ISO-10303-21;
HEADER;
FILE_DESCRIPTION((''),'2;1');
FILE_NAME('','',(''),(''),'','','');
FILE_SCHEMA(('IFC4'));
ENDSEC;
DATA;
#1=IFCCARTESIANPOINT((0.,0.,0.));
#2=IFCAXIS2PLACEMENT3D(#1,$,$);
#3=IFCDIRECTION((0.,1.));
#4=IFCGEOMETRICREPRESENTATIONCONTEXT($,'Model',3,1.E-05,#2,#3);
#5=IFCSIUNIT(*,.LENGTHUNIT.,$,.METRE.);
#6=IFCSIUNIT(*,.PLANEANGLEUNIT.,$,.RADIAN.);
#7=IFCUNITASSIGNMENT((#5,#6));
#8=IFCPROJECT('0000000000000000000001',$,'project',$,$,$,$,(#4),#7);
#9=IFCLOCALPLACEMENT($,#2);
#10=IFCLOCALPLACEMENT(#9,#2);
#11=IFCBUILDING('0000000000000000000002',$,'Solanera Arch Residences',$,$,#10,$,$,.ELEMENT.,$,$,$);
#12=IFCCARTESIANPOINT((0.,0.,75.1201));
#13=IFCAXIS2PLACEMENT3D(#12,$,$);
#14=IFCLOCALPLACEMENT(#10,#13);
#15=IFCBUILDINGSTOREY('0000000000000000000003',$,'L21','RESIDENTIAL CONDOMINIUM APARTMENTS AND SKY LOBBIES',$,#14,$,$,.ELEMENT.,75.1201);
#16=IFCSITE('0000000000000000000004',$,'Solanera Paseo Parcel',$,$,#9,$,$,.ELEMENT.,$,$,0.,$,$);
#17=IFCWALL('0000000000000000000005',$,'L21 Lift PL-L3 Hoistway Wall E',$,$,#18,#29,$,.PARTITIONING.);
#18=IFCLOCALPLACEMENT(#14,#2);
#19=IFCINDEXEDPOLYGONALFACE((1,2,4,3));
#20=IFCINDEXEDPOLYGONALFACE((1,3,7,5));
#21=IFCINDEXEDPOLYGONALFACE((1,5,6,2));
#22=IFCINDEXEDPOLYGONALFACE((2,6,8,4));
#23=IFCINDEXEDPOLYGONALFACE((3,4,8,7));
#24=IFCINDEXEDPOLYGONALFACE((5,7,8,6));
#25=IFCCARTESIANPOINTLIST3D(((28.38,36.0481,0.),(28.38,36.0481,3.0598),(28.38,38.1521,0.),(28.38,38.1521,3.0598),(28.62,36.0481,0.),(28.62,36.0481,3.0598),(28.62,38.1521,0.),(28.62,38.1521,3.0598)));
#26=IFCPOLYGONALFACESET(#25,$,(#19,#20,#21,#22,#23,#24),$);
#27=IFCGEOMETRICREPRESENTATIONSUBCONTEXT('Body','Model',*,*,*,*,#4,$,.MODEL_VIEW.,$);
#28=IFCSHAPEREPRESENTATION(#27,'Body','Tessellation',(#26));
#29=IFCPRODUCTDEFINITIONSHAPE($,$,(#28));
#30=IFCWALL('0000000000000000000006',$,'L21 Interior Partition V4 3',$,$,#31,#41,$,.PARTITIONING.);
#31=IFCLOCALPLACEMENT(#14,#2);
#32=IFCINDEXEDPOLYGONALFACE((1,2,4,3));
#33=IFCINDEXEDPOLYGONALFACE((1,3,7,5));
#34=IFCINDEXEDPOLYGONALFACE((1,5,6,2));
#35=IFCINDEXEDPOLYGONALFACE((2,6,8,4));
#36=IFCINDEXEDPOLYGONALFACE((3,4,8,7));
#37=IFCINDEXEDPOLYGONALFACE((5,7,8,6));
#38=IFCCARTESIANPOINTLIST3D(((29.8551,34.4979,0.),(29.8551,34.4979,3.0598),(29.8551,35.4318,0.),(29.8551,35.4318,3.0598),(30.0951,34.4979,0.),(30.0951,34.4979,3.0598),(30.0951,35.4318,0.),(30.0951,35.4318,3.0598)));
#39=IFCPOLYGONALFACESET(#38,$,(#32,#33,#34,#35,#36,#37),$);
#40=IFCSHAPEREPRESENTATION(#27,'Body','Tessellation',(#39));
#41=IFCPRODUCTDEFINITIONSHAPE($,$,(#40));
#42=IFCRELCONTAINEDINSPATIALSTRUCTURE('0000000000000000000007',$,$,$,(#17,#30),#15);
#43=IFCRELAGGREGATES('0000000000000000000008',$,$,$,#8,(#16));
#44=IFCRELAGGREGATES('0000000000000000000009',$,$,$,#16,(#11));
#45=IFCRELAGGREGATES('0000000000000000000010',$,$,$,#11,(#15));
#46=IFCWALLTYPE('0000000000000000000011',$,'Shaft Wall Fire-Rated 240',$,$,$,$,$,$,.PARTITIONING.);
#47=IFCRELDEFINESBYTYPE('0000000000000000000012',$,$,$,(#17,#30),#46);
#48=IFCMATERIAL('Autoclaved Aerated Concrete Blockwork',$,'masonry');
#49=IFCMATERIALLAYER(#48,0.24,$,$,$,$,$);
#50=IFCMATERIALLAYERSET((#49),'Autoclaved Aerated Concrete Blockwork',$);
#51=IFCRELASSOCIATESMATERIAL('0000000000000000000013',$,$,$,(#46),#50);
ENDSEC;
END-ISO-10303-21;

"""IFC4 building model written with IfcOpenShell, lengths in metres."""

from ifc_helpers import new_model, si_unit, direction, frame, frame_2d, origin, place, context, subcontext, project, spatial, rectangle, extrude, material, layer, layer_set, type_object, element, save


model = new_model("IFC4")

# Units and contexts
model_context = context("Model", 3, precision=1e-05, world=origin(), true_north=direction((0.0, 1.0)))
body_context = subcontext(model_context, "Body", "Model", "MODEL_VIEW")
ifc_project = project(units=[si_unit("LENGTHUNIT", "METRE"), si_unit("PLANEANGLEUNIT", "RADIAN")], contexts=[model_context])

# Site, building, storey
site_placement = place(None, origin())
site = spatial("IfcSite", under=ifc_project, at=site_placement, Name="Solanera Paseo Parcel", CompositionType="ELEMENT", RefElevation=0.0)
building_placement = place(site_placement, origin())
building = spatial("IfcBuilding", under=site, at=building_placement, Name="Solanera Arch Residences", CompositionType="ELEMENT")
storey_placement = place(building_placement, frame((0.0, 0.0, 75.1201)))
storey = spatial("IfcBuildingStorey", under=building, at=storey_placement, Name="L21", Description="RESIDENTIAL CONDOMINIUM APARTMENTS AND SKY LOBBIES", CompositionType="ELEMENT", Elevation=75.1201)

# Wall
ifc_material_1 = material(Name="Autoclaved Aerated Concrete Blockwork", Category="masonry")
ifc_layer_1 = layer(ifc_material_1, 0.24)
ifc_layer_set_1 = layer_set([ifc_layer_1], Name="Autoclaved Aerated Concrete Blockwork")
wall_type_1 = type_object("IfcWallType", Name="Shaft Wall Fire-Rated 240", PredefinedType="PARTITIONING", material=ifc_layer_set_1)
for number, where, z_axis, x_axis, name in (
    (1, (28.5, 36.0481, 0.0), (0.0, 0.0, 1.0), (0.0, 1.0, 0.0), "L21 Lift PL-L3 Hoistway Wall E"),
):
    element("IfcWall", number, at=place(storey_placement, frame(where, z_axis=z_axis, x_axis=x_axis)), inside=storey, type_object=wall_type_1, Name=name, PredefinedType="PARTITIONING", context=body_context, shape_type="SweptSolid", body=[
        extrude(rectangle(XDim=2.104, YDim=0.24, at=frame_2d((1.052, 0.0))), origin(), (0.0, 0.0, 1.0), 3.0598),
    ])

# Wall
wall_1_placement = place(storey_placement, frame((29.9751, 34.498, 0.0), z_axis=(0.0, 0.0, 1.0), x_axis=(0.0, 1.0, 0.0)))
element("IfcWall", 2, at=wall_1_placement, inside=storey, type_object=wall_type_1, Name="L21 Interior Partition V4 3", PredefinedType="PARTITIONING", context=body_context, shape_type="SweptSolid", body=[
    extrude(rectangle(XDim=0.9338, YDim=0.24, at=frame_2d((0.4668, 0.0))), origin(), (0.0, 0.0, 1.0), 3.0598),
])

save(model, "model.ifc")
